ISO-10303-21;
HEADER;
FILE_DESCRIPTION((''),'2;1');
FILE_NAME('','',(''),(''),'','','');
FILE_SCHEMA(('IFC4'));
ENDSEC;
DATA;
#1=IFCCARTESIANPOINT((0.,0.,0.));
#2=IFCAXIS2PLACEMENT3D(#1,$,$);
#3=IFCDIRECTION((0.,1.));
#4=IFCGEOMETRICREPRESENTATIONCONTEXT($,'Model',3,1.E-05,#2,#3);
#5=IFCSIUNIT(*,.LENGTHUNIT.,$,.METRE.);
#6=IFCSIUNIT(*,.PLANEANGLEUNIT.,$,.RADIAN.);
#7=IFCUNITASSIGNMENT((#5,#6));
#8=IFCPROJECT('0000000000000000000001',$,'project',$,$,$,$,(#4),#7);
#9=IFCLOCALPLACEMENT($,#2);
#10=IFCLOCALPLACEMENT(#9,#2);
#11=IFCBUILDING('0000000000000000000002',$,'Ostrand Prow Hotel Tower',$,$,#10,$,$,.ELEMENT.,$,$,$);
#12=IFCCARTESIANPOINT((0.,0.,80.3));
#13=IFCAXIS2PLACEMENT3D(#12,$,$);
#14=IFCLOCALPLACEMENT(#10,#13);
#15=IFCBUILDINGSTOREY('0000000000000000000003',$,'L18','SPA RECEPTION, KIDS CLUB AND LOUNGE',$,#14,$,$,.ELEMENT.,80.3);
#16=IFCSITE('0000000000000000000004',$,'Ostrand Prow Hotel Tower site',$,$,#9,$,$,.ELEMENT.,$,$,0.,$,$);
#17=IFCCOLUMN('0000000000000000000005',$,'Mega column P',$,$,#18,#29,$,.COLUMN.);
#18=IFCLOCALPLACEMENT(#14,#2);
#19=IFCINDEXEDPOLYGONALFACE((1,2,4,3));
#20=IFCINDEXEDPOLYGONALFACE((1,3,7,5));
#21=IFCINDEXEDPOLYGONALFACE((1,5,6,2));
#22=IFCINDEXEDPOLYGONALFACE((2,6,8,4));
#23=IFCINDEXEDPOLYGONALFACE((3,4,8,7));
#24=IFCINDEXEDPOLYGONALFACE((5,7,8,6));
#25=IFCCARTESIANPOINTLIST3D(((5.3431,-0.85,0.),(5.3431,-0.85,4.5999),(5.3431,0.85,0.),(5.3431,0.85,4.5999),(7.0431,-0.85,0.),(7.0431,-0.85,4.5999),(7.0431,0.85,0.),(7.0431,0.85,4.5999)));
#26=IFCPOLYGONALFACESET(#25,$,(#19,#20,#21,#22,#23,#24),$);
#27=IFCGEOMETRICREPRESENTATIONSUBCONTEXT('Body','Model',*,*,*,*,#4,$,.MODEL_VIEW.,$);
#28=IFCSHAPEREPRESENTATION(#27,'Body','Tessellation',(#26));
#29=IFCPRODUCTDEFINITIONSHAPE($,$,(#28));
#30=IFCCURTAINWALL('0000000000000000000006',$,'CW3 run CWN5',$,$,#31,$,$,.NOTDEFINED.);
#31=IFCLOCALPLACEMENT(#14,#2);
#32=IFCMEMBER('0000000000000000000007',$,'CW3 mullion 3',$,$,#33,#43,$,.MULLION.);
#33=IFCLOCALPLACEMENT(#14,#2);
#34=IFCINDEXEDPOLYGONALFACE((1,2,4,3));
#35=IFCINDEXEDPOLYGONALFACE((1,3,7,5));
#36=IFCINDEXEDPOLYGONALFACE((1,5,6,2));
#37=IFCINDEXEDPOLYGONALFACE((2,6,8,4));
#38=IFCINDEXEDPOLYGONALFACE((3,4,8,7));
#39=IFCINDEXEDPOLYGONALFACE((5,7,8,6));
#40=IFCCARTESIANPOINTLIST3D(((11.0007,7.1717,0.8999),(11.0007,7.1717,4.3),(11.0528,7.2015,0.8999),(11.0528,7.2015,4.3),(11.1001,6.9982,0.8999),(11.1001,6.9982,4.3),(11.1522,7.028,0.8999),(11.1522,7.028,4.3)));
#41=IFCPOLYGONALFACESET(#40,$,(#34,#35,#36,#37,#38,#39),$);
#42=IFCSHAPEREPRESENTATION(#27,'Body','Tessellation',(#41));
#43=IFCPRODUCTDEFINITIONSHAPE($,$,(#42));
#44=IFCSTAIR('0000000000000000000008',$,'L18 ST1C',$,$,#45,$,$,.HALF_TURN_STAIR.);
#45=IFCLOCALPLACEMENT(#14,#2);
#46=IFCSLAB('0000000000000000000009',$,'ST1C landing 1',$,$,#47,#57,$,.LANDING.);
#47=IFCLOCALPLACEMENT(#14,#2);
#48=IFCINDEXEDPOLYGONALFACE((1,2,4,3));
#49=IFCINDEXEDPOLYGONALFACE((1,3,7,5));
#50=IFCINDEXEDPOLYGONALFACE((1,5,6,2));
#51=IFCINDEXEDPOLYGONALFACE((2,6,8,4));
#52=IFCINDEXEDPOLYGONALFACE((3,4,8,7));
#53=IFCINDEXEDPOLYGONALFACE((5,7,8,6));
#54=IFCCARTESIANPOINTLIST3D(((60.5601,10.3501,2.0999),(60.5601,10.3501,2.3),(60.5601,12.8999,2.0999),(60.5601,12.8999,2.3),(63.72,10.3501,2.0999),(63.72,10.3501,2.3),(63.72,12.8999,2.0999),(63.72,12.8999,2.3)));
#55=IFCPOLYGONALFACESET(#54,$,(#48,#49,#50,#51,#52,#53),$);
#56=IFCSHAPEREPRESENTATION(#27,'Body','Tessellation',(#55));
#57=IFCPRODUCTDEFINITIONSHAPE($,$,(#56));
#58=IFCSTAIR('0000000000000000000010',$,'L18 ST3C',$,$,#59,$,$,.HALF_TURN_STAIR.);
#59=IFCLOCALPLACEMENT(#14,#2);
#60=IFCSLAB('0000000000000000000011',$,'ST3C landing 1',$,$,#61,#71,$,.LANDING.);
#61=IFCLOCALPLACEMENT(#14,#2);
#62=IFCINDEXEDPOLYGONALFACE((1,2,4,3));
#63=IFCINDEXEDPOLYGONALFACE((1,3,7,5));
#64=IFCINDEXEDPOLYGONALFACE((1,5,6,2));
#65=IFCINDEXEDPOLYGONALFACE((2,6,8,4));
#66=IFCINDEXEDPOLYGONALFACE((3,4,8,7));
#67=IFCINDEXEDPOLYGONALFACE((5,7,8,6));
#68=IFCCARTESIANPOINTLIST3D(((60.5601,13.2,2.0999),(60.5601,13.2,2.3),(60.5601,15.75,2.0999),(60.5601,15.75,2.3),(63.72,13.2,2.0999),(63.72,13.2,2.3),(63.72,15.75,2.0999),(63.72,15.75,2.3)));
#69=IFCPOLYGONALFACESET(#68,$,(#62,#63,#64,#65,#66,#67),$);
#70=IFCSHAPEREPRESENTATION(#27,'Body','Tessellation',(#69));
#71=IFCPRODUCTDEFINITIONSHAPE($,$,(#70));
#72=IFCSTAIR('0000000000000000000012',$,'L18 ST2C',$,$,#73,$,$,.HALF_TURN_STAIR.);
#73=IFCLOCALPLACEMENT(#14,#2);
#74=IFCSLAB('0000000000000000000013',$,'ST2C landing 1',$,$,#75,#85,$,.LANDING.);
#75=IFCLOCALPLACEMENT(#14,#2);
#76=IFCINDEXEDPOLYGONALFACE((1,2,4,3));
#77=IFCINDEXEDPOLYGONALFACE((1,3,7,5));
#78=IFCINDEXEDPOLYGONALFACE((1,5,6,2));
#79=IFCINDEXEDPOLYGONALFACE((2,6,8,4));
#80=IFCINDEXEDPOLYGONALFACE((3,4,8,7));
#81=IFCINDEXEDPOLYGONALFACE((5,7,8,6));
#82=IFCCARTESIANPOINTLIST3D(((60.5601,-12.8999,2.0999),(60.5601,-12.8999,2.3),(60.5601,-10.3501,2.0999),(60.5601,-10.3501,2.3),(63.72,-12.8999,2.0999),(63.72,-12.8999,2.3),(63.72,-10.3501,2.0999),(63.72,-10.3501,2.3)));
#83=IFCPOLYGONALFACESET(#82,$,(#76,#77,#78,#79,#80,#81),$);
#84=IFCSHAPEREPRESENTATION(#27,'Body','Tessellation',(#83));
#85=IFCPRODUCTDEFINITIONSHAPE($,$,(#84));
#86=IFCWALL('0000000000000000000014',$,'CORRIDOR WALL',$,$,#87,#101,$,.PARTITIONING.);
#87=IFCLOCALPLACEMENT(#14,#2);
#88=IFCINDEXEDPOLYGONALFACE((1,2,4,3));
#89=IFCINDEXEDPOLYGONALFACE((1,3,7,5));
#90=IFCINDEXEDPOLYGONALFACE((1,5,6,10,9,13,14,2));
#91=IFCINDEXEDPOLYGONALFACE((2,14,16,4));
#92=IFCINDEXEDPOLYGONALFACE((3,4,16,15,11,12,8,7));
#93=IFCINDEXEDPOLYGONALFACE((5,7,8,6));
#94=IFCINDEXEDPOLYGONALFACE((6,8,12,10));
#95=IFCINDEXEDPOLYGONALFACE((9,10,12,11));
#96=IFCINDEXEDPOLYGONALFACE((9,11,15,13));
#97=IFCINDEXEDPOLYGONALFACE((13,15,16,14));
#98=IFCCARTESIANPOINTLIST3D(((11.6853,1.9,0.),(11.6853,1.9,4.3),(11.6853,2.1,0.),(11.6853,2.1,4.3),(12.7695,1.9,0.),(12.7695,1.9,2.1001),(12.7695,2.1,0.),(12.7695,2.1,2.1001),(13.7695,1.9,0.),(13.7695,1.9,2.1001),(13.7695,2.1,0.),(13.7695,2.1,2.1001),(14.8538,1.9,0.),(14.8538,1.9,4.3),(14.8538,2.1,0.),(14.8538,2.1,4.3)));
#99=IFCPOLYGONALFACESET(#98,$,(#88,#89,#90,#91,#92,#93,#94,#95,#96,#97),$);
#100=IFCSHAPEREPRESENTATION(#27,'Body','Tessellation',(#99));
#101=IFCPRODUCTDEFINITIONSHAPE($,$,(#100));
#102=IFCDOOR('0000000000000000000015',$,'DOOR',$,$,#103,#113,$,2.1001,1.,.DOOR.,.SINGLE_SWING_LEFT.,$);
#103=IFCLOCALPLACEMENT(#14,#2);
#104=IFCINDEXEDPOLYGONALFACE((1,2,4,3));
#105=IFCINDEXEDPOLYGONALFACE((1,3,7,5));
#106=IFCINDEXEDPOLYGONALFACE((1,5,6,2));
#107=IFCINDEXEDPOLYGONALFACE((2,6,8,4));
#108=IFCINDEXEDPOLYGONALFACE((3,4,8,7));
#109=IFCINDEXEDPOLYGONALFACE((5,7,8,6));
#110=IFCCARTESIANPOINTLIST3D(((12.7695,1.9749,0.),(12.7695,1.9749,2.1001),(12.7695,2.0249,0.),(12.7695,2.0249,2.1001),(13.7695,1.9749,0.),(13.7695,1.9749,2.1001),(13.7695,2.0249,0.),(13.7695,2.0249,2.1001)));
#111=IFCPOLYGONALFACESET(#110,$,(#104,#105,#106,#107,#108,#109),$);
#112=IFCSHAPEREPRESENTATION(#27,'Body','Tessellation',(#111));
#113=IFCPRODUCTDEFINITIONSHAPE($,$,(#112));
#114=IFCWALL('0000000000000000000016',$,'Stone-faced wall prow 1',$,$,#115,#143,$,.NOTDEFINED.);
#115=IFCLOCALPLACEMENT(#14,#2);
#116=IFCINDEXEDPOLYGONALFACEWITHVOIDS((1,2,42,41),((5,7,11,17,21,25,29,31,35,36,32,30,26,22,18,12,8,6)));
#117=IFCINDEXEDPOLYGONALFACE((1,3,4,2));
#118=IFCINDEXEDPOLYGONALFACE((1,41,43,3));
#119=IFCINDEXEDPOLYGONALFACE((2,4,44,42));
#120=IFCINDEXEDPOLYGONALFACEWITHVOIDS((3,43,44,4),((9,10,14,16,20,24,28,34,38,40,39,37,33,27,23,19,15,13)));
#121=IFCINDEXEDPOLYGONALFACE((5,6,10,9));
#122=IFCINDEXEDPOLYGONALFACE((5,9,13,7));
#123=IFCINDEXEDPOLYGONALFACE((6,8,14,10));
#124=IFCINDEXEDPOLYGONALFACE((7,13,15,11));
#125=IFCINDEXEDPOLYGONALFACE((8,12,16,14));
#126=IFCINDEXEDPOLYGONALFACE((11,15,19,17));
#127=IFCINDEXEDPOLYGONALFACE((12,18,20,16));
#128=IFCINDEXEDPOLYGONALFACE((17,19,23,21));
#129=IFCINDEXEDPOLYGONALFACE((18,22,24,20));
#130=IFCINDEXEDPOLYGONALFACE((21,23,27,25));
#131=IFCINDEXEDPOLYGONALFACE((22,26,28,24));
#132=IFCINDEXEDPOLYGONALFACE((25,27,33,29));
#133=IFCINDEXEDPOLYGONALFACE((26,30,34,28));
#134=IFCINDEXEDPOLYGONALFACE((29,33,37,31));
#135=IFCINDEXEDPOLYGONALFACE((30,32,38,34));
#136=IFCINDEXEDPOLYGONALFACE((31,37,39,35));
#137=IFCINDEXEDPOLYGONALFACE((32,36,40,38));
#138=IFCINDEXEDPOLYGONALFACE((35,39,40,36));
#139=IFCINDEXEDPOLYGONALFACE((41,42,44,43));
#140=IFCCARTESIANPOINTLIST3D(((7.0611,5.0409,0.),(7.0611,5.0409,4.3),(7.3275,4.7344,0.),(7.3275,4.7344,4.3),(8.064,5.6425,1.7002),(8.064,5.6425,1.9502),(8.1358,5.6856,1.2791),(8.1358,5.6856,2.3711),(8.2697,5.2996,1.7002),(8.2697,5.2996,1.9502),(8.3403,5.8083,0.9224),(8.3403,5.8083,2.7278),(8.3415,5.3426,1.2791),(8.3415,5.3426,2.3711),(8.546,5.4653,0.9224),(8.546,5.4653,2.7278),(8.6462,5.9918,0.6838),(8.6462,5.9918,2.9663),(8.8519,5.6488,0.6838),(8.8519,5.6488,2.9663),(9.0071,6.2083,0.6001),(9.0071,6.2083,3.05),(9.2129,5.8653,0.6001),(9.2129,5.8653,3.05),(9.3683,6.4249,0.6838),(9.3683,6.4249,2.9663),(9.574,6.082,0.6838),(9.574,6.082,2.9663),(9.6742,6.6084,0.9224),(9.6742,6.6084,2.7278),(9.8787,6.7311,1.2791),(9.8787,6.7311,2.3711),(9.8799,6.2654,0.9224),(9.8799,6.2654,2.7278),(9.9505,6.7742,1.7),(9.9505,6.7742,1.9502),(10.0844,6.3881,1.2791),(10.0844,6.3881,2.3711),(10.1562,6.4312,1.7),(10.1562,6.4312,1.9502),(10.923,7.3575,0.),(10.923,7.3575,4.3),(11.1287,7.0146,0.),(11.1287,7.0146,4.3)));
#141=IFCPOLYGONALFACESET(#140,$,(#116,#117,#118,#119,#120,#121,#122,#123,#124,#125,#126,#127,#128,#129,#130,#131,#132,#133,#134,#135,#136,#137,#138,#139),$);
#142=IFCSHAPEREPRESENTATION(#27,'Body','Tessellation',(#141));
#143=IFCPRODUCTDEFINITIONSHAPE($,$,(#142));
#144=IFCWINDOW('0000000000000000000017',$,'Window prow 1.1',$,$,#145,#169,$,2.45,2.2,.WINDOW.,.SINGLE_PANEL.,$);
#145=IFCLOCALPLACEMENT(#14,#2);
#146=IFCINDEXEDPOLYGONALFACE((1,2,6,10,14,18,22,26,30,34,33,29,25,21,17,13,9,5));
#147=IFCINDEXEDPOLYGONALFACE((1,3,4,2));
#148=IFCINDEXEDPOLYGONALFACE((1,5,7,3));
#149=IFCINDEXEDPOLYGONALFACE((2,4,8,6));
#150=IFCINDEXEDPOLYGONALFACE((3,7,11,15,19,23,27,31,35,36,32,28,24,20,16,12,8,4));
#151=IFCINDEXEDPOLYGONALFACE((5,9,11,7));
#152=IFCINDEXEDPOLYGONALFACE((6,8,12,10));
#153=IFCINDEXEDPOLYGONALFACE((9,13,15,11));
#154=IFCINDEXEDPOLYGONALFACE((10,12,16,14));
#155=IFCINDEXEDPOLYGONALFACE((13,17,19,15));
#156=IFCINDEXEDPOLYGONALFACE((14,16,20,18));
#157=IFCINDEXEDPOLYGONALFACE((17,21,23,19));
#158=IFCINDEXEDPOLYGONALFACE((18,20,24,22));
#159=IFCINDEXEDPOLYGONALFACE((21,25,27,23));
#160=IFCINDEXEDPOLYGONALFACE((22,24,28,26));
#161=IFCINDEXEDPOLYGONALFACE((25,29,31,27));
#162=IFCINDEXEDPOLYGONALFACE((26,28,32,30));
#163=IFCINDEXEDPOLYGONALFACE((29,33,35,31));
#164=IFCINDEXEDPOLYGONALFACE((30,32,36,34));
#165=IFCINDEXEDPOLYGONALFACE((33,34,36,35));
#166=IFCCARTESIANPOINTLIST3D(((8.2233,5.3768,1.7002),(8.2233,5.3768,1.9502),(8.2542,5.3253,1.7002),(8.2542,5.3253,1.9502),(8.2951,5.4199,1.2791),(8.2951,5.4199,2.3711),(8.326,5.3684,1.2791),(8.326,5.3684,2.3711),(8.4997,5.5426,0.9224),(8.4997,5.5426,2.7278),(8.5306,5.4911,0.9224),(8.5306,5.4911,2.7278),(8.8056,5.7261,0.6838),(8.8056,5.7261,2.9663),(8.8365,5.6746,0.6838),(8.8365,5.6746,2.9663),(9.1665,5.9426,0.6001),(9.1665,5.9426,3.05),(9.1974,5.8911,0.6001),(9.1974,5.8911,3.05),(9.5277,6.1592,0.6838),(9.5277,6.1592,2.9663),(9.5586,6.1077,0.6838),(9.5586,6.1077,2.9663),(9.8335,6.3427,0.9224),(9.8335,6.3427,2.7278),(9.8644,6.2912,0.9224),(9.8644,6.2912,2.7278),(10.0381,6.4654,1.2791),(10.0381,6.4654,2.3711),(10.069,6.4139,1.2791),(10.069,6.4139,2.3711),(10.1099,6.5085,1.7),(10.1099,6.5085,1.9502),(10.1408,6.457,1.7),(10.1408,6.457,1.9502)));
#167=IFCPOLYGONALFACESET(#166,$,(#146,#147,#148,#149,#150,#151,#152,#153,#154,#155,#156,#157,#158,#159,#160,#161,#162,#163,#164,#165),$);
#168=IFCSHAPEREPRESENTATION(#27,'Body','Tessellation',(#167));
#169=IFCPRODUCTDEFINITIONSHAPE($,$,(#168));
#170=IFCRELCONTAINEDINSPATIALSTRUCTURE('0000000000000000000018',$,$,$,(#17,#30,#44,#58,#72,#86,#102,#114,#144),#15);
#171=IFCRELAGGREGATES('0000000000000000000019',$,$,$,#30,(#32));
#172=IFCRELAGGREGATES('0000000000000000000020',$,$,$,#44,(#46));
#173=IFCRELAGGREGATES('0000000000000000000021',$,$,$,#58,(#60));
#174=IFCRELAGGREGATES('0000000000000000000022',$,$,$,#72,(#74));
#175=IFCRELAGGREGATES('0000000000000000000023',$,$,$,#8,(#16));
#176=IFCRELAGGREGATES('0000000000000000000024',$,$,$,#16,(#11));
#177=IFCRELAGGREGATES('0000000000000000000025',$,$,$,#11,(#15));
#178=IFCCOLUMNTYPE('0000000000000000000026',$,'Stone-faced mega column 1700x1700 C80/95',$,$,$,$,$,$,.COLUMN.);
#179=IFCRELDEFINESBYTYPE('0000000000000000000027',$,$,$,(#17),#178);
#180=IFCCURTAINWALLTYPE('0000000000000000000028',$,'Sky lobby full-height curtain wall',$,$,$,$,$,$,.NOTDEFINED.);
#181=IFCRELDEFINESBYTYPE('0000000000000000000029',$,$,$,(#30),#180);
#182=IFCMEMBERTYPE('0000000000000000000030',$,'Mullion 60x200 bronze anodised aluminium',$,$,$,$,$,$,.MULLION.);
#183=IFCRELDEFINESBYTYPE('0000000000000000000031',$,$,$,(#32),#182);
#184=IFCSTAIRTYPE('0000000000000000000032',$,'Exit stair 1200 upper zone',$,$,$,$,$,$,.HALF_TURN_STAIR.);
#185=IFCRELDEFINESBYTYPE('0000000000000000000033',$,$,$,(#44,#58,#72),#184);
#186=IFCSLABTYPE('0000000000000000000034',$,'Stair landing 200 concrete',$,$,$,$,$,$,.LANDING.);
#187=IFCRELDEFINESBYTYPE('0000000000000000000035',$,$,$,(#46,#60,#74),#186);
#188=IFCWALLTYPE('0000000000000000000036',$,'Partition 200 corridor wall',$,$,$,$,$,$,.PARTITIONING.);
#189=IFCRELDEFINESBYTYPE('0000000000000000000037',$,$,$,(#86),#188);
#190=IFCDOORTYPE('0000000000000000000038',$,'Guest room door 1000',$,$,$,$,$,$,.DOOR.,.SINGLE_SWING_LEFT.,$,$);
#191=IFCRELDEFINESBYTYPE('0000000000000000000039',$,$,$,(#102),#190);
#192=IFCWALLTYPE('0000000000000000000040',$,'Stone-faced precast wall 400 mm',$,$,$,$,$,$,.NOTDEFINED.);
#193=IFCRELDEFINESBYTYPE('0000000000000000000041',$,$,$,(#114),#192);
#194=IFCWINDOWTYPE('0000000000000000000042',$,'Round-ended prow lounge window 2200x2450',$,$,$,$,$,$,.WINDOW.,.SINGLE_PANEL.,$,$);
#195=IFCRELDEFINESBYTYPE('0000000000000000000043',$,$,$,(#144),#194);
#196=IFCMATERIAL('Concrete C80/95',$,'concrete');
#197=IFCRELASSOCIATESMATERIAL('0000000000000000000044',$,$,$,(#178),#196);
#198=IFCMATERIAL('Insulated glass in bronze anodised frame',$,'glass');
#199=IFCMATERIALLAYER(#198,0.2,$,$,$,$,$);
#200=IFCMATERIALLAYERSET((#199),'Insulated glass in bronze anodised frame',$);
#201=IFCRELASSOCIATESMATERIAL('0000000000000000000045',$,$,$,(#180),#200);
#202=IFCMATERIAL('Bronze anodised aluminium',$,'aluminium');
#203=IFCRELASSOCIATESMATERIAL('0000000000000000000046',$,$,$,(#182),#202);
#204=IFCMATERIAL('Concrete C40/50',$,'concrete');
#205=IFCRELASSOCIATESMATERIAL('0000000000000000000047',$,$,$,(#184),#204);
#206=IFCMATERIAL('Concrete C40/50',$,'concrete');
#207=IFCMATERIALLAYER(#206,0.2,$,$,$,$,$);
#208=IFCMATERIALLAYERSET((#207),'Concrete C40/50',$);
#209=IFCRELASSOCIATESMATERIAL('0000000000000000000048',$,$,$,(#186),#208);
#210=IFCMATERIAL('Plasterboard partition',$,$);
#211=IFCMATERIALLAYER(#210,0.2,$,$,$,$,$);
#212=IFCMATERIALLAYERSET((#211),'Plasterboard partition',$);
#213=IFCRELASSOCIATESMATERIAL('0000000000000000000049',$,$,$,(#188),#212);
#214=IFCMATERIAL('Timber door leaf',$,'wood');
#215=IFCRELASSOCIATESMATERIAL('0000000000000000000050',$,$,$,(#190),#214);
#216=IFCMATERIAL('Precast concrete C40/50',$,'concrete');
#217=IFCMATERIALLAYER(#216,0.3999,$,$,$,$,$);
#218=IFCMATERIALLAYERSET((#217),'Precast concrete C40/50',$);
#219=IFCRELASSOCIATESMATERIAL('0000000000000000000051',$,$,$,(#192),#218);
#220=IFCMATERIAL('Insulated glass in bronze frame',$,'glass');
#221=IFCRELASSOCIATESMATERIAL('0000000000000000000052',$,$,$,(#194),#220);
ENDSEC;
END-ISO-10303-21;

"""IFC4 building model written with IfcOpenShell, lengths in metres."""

from ifc_helpers import new_model, si_unit, direction, frame, frame_2d, origin, origin_2d, place, context, subcontext, project, spatial, polyline, rectangle, outline, extrude, material, layer, layer_set, material_profile, profile_set, type_object, element, fill, aggregate, save


model = new_model("IFC4")

# Units and contexts
model_context = context("Model", 3, precision=1e-05, world=origin(), true_north=direction((0.0, 1.0)))
body_context = subcontext(model_context, "Body", "Model", "MODEL_VIEW")
ifc_project = project(units=[si_unit("LENGTHUNIT", "METRE"), si_unit("PLANEANGLEUNIT", "RADIAN")], contexts=[model_context])

# Site, building, storey
site_placement = place(None, origin())
site = spatial("IfcSite", under=ifc_project, at=site_placement, Name="Ostrand Prow Hotel Tower site", CompositionType="ELEMENT", RefElevation=0.0)
building_placement = place(site_placement, origin())
building = spatial("IfcBuilding", under=site, at=building_placement, Name="Ostrand Prow Hotel Tower", CompositionType="ELEMENT")
storey_placement = place(building_placement, frame((0.0, 0.0, 80.3)))
storey = spatial("IfcBuildingStorey", under=building, at=storey_placement, Name="L18", Description="SPA RECEPTION, KIDS CLUB AND LOUNGE", CompositionType="ELEMENT", Elevation=80.3)

# Column
ifc_material_1 = material(Name="Concrete C80/95", Category="concrete")
ifc_material_profile_1 = material_profile(ifc_material_1, rectangle(XDim=1.7, YDim=1.7, at=origin_2d()), Name="RC 1700x1700")
ifc_profile_set_1 = profile_set([ifc_material_profile_1], Name="Concrete C80/95")
column_type = type_object("IfcColumnType", Name="Stone-faced mega column 1700x1700 C80/95", PredefinedType="COLUMN", material=ifc_profile_set_1)
column_placement = place(storey_placement, frame((6.1931, 0.0, 0.0), z_axis=(0.0, 0.0, 1.0), x_axis=(1.0, 0.0, 0.0)))
element("IfcColumn", 1, at=column_placement, inside=storey, type_object=column_type, Name="Mega column P", PredefinedType="COLUMN", context=body_context, shape_type="SweptSolid", body=[
    extrude(rectangle(XDim=1.7, YDim=1.7, at=origin_2d()), origin(), (0.0, 0.0, 1.0), 4.5999),
])

# Curtain wall, member
ifc_material_2 = material(Name="Insulated glass in bronze anodised frame", Category="glass")
ifc_layer_1 = layer(ifc_material_2, 0.2)
ifc_layer_set_1 = layer_set([ifc_layer_1], Name="Insulated glass in bronze anodised frame")
curtain_wall_type = type_object("IfcCurtainWallType", Name="Sky lobby full-height curtain wall", PredefinedType="NOTDEFINED", material=ifc_layer_set_1)
curtain_wall_placement = place(storey_placement, origin())
curtain_wall = element("IfcCurtainWall", 2, at=curtain_wall_placement, inside=storey, type_object=curtain_wall_type, Name="CW3 run CWN5", PredefinedType="NOTDEFINED")
ifc_material_3 = material(Name="Bronze anodised aluminium", Category="aluminium")
ifc_material_profile_2 = material_profile(ifc_material_3, rectangle(XDim=0.2, YDim=0.0601, at=origin_2d()), Name="Mullion 60x200 bronze anodised aluminium")
ifc_profile_set_2 = profile_set([ifc_material_profile_2], Name="Bronze anodised aluminium")
member_type = type_object("IfcMemberType", Name="Mullion 60x200 bronze anodised aluminium", PredefinedType="MULLION", material=ifc_profile_set_2)
member_placement = place(storey_placement, frame((11.0764, 7.0999, 0.8999), z_axis=(0.0, 0.0, 1.0), x_axis=(0.497115, -0.867685, 0.0)))
member = element("IfcMember", 3, at=member_placement, type_object=member_type, Name="CW3 mullion 3", PredefinedType="MULLION", context=body_context, shape_type="SweptSolid", body=[
    extrude(rectangle(XDim=0.2, YDim=0.0601, at=origin_2d()), origin(), (0.0, 0.0, 1.0), 3.4001),
])
aggregate(curtain_wall, [member])

# Stairs, slabs
ifc_material_4 = material(Name="Concrete C40/50", Category="concrete")
stair_type = type_object("IfcStairType", Name="Exit stair 1200 upper zone", PredefinedType="HALF_TURN_STAIR", material=ifc_material_4)
stair_1_placement = place(storey_placement, origin())
stair_1 = element("IfcStair", 4, at=stair_1_placement, inside=storey, type_object=stair_type, Name="L18 ST1C", PredefinedType="HALF_TURN_STAIR")
ifc_material_5 = material(Name="Concrete C40/50", Category="concrete")
ifc_layer_2 = layer(ifc_material_5, 0.2)
ifc_layer_set_2 = layer_set([ifc_layer_2], Name="Concrete C40/50")
slab_type = type_object("IfcSlabType", Name="Stair landing 200 concrete", PredefinedType="LANDING", material=ifc_layer_set_2)
slab_1_placement = place(storey_placement, frame((0.0, 0.0, 2.0999)))
slab_1 = element("IfcSlab", 5, at=slab_1_placement, type_object=slab_type, Name="ST1C landing 1", PredefinedType="LANDING", context=body_context, shape_type="SweptSolid", body=[
    extrude(outline(polyline([(60.5601, 10.3501), (63.72, 10.3501), (63.72, 12.8999), (60.5601, 12.8999), (60.5601, 10.3501)])), origin(), (0.0, 0.0, 1.0), 0.2002),
])
aggregate(stair_1, [slab_1])
stair_2_placement = place(storey_placement, origin())
stair_2 = element("IfcStair", 6, at=stair_2_placement, inside=storey, type_object=stair_type, Name="L18 ST3C", PredefinedType="HALF_TURN_STAIR")
slab_2_placement = place(storey_placement, frame((0.0, 0.0, 2.0999)))
slab_2 = element("IfcSlab", 7, at=slab_2_placement, type_object=slab_type, Name="ST3C landing 1", PredefinedType="LANDING", context=body_context, shape_type="SweptSolid", body=[
    extrude(outline(polyline([(60.5601, 13.2), (63.72, 13.2), (63.72, 15.75), (60.5601, 15.75), (60.5601, 13.2)])), origin(), (0.0, 0.0, 1.0), 0.2002),
])
aggregate(stair_2, [slab_2])
stair_3_placement = place(storey_placement, origin())
stair_3 = element("IfcStair", 8, at=stair_3_placement, inside=storey, type_object=stair_type, Name="L18 ST2C", PredefinedType="HALF_TURN_STAIR")
slab_3_placement = place(storey_placement, frame((0.0, 0.0, 2.0999)))
slab_3 = element("IfcSlab", 9, at=slab_3_placement, type_object=slab_type, Name="ST2C landing 1", PredefinedType="LANDING", context=body_context, shape_type="SweptSolid", body=[
    extrude(outline(polyline([(60.5601, -12.8999), (63.72, -12.8999), (63.72, -10.3501), (60.5601, -10.3501), (60.5601, -12.8999)])), origin(), (0.0, 0.0, 1.0), 0.2002),
])
aggregate(stair_3, [slab_3])

# Wall, opening, door
ifc_material_6 = material(Name="Plasterboard partition")
ifc_layer_3 = layer(ifc_material_6, 0.2)
ifc_layer_set_3 = layer_set([ifc_layer_3], Name="Plasterboard partition")
wall_type_1 = type_object("IfcWallType", Name="Partition 200 corridor wall", PredefinedType="PARTITIONING", material=ifc_layer_set_3)
wall_1_placement = place(storey_placement, frame((11.6853, 2.0, 0.0), z_axis=(0.0, 0.0, 1.0), x_axis=(1.0, 0.0, 0.0)))
wall_1 = element("IfcWall", 10, at=wall_1_placement, inside=storey, type_object=wall_type_1, Name="CORRIDOR WALL", PredefinedType="PARTITIONING", context=body_context, shape_type="SweptSolid", body=[
    extrude(rectangle(XDim=3.1685, YDim=0.2, at=frame_2d((1.5842, 0.0))), origin(), (0.0, 0.0, 1.0), 4.3),
])
opening_1_placement = place(wall_1_placement, frame((1.0842, 0.0, 0.0)))
opening_1 = element("IfcOpeningElement", 11, at=opening_1_placement, cuts=wall_1, PredefinedType="OPENING", context=body_context, shape_type="SweptSolid", body=[
    extrude(rectangle(XDim=1.0, YDim=2.1001, at=frame_2d((0.5, 1.05))), frame((0.0, 0.1099, 0.0), z_axis=(0.0, -1.0, 0.0), x_axis=(1.0, 0.0, 0.0)), (0.0, 0.0, 1.0), 0.22),
])
ifc_material_7 = material(Name="Timber door leaf", Category="wood")
door_type = type_object("IfcDoorType", Name="Guest room door 1000", OperationType="SINGLE_SWING_LEFT", PredefinedType="DOOR", material=ifc_material_7)
door_placement = place(opening_1_placement, origin())
door = element("IfcDoor", 12, at=door_placement, inside=storey, type_object=door_type, Name="DOOR", OperationType="SINGLE_SWING_LEFT", OverallHeight=2.1001, OverallWidth=1.0, PredefinedType="DOOR", context=body_context, shape_type="SweptSolid", body=[
    extrude(rectangle(XDim=1.0, YDim=2.1001, at=frame_2d((0.5, 1.05))), frame((0.0, 0.0249, 0.0), z_axis=(0.0, -1.0, 0.0), x_axis=(1.0, 0.0, 0.0)), (0.0, 0.0, 1.0), 0.05),
])
fill(opening_1, door)

# Wall, opening, window
ifc_material_8 = material(Name="Precast concrete C40/50", Category="concrete")
ifc_layer_4 = layer(ifc_material_8, 0.3999)
ifc_layer_set_4 = layer_set([ifc_layer_4], Name="Precast concrete C40/50")
wall_type_2 = type_object("IfcWallType", Name="Stone-faced precast wall 400 mm", PredefinedType="NOTDEFINED", material=ifc_layer_set_4)
wall_2_placement = place(storey_placement, frame((11.0259, 7.186, 0.0), z_axis=(0.0, 0.0, 1.0), x_axis=(-0.857551, -0.514399, 0.0)))
wall_2 = element("IfcWall", 13, at=wall_2_placement, inside=storey, type_object=wall_type_2, Name="Stone-faced wall prow 1", PredefinedType="NOTDEFINED", context=body_context, shape_type="SweptSolid", body=[
    extrude(outline(polyline([(0.0, -0.2), (4.5034, -0.2), (4.4326, 0.2), (0.0, 0.2), (0.0, -0.2)])), origin(), (0.0, 0.0, 1.0), 4.3),
])
opening_2_placement = place(wall_2_placement, frame((1.134, 0.0, 0.6001)))
opening_2 = element("IfcOpeningElement", 14, at=opening_2_placement, cuts=wall_2, PredefinedType="OPENING", context=body_context, shape_type="SweptSolid", body=[
    extrude(outline(polyline([(0.0, 1.3501), (0.0837, 1.771), (0.3223, 2.1277), (0.679, 2.3662), (1.1001, 2.45), (1.521, 2.3662), (1.8777, 2.1277), (2.1162, 1.771), (2.2, 1.3501), (2.2, 1.1001), (2.1162, 0.679), (1.8777, 0.3223), (1.521, 0.0837), (1.1001, 0.0), (0.679, 0.0837), (0.3223, 0.3223), (0.0837, 0.679), (0.0, 1.0999), (0.0, 1.3501)])), frame((0.0, 0.21, 0.0), z_axis=(0.0, -1.0, 0.0), x_axis=(1.0, 0.0, 0.0)), (0.0, 0.0, 1.0), 0.4199),
])
ifc_material_9 = material(Name="Insulated glass in bronze frame", Category="glass")
window_type = type_object("IfcWindowType", Name="Round-ended prow lounge window 2200x2450", PartitioningType="SINGLE_PANEL", PredefinedType="WINDOW", material=ifc_material_9)
window_1_placement = place(opening_2_placement, origin())
window_1 = element("IfcWindow", 15, at=window_1_placement, inside=storey, type_object=window_type, Name="Window prow 1.1", OverallHeight=2.45, OverallWidth=2.2, PartitioningType="SINGLE_PANEL", PredefinedType="WINDOW", context=body_context, shape_type="SweptSolid", body=[
    extrude(outline(polyline([(0.0, 1.3501), (0.0837, 1.771), (0.3223, 2.1277), (0.679, 2.3662), (1.1001, 2.45), (1.521, 2.3662), (1.8777, 2.1277), (2.1162, 1.771), (2.2, 1.3501), (2.2, 1.1001), (2.1162, 0.679), (1.8777, 0.3223), (1.521, 0.0837), (1.1001, 0.0), (0.679, 0.0837), (0.3223, 0.3223), (0.0837, 0.679), (0.0, 1.0999), (0.0, 1.3501)])), frame((0.0, 0.1699, 0.0), z_axis=(0.0, -1.0, 0.0), x_axis=(1.0, 0.0, 0.0)), (0.0, 0.0, 1.0), 0.0601),
])
fill(opening_2, window_1)

save(model, "model.ifc")
